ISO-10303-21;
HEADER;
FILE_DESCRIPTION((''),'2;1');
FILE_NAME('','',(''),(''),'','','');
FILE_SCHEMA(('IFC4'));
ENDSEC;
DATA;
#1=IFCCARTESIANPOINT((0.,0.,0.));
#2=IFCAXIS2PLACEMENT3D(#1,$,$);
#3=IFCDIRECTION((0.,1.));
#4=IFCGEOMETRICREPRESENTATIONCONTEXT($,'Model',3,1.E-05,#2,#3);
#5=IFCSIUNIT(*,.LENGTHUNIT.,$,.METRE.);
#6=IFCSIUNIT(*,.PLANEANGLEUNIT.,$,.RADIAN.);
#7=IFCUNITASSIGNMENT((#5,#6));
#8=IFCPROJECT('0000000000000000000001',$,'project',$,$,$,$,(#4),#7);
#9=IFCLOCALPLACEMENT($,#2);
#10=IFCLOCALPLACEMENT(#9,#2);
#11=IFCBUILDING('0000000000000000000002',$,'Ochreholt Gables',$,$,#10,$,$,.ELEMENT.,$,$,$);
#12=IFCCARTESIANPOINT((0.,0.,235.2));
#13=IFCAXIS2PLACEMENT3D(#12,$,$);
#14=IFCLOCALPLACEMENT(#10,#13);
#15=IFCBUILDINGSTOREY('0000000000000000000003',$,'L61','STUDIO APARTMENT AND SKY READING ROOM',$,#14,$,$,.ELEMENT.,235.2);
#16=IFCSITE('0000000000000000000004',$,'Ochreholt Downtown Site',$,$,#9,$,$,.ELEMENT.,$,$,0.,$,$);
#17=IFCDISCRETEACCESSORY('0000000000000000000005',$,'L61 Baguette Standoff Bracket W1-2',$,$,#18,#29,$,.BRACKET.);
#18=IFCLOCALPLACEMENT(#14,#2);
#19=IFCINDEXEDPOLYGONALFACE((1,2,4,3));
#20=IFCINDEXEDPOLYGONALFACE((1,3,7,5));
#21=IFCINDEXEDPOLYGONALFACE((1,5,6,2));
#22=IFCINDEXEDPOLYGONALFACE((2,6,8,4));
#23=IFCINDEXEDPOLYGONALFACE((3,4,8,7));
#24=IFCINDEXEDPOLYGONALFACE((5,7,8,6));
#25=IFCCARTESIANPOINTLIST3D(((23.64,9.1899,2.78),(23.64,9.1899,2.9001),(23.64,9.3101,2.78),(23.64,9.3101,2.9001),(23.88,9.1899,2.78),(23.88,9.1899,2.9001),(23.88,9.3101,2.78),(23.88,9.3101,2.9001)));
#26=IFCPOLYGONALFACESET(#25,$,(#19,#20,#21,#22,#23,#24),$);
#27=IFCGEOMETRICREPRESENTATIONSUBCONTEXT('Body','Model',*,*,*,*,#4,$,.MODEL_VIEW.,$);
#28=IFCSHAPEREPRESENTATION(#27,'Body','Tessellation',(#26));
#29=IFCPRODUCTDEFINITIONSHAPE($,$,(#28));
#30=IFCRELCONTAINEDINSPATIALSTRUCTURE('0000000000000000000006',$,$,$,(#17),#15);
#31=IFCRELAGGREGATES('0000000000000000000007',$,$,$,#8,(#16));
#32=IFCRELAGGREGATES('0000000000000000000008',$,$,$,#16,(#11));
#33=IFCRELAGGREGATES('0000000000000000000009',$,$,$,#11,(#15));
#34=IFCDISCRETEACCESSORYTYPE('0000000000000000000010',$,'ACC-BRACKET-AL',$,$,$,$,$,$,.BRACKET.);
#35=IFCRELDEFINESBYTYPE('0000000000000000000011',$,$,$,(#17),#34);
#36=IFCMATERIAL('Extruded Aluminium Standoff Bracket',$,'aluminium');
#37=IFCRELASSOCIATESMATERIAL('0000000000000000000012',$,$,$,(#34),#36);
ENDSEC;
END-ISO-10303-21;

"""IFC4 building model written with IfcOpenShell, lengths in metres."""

from ifc_helpers import new_model, si_unit, direction, frame, origin, origin_2d, place, context, subcontext, project, spatial, rectangle, extrude, material, type_object, element, save


model = new_model("IFC4")

# Units and contexts
model_context = context("Model", 3, precision=1e-05, world=origin(), true_north=direction((0.0, 1.0)))
body_context = subcontext(model_context, "Body", "Model", "MODEL_VIEW")
ifc_project = project(units=[si_unit("LENGTHUNIT", "METRE"), si_unit("PLANEANGLEUNIT", "RADIAN")], contexts=[model_context])

# Site, building, storey
site_placement = place(None, origin())
site = spatial("IfcSite", under=ifc_project, at=site_placement, Name="Ochreholt Downtown Site", CompositionType="ELEMENT", RefElevation=0.0)
building_placement = place(site_placement, origin())
building = spatial("IfcBuilding", under=site, at=building_placement, Name="Ochreholt Gables", CompositionType="ELEMENT")
storey_placement = place(building_placement, frame((0.0, 0.0, 235.2)))
storey = spatial("IfcBuildingStorey", under=building, at=storey_placement, Name="L61", Description="STUDIO APARTMENT AND SKY READING ROOM", CompositionType="ELEMENT", Elevation=235.2)

# Discrete accessory
ifc_material_1 = material(Name="Extruded Aluminium Standoff Bracket", Category="aluminium")
discrete_accessory_type = type_object("IfcDiscreteAccessoryType", Name="ACC-BRACKET-AL", PredefinedType="BRACKET", material=ifc_material_1)
discrete_accessory_placement = place(storey_placement, frame((23.76, 9.25, 2.78), z_axis=(0.0, 0.0, 1.0), x_axis=(0.0, -1.0, 0.0)))
element("IfcDiscreteAccessory", 1, at=discrete_accessory_placement, inside=storey, type_object=discrete_accessory_type, Name="L61 Baguette Standoff Bracket W1-2", PredefinedType="BRACKET", context=body_context, shape_type="SweptSolid", body=[
    extrude(rectangle(XDim=0.1201, YDim=0.24, at=origin_2d()), origin(), (0.0, 0.0, 1.0), 0.1201),
])

save(model, "model.ifc")
